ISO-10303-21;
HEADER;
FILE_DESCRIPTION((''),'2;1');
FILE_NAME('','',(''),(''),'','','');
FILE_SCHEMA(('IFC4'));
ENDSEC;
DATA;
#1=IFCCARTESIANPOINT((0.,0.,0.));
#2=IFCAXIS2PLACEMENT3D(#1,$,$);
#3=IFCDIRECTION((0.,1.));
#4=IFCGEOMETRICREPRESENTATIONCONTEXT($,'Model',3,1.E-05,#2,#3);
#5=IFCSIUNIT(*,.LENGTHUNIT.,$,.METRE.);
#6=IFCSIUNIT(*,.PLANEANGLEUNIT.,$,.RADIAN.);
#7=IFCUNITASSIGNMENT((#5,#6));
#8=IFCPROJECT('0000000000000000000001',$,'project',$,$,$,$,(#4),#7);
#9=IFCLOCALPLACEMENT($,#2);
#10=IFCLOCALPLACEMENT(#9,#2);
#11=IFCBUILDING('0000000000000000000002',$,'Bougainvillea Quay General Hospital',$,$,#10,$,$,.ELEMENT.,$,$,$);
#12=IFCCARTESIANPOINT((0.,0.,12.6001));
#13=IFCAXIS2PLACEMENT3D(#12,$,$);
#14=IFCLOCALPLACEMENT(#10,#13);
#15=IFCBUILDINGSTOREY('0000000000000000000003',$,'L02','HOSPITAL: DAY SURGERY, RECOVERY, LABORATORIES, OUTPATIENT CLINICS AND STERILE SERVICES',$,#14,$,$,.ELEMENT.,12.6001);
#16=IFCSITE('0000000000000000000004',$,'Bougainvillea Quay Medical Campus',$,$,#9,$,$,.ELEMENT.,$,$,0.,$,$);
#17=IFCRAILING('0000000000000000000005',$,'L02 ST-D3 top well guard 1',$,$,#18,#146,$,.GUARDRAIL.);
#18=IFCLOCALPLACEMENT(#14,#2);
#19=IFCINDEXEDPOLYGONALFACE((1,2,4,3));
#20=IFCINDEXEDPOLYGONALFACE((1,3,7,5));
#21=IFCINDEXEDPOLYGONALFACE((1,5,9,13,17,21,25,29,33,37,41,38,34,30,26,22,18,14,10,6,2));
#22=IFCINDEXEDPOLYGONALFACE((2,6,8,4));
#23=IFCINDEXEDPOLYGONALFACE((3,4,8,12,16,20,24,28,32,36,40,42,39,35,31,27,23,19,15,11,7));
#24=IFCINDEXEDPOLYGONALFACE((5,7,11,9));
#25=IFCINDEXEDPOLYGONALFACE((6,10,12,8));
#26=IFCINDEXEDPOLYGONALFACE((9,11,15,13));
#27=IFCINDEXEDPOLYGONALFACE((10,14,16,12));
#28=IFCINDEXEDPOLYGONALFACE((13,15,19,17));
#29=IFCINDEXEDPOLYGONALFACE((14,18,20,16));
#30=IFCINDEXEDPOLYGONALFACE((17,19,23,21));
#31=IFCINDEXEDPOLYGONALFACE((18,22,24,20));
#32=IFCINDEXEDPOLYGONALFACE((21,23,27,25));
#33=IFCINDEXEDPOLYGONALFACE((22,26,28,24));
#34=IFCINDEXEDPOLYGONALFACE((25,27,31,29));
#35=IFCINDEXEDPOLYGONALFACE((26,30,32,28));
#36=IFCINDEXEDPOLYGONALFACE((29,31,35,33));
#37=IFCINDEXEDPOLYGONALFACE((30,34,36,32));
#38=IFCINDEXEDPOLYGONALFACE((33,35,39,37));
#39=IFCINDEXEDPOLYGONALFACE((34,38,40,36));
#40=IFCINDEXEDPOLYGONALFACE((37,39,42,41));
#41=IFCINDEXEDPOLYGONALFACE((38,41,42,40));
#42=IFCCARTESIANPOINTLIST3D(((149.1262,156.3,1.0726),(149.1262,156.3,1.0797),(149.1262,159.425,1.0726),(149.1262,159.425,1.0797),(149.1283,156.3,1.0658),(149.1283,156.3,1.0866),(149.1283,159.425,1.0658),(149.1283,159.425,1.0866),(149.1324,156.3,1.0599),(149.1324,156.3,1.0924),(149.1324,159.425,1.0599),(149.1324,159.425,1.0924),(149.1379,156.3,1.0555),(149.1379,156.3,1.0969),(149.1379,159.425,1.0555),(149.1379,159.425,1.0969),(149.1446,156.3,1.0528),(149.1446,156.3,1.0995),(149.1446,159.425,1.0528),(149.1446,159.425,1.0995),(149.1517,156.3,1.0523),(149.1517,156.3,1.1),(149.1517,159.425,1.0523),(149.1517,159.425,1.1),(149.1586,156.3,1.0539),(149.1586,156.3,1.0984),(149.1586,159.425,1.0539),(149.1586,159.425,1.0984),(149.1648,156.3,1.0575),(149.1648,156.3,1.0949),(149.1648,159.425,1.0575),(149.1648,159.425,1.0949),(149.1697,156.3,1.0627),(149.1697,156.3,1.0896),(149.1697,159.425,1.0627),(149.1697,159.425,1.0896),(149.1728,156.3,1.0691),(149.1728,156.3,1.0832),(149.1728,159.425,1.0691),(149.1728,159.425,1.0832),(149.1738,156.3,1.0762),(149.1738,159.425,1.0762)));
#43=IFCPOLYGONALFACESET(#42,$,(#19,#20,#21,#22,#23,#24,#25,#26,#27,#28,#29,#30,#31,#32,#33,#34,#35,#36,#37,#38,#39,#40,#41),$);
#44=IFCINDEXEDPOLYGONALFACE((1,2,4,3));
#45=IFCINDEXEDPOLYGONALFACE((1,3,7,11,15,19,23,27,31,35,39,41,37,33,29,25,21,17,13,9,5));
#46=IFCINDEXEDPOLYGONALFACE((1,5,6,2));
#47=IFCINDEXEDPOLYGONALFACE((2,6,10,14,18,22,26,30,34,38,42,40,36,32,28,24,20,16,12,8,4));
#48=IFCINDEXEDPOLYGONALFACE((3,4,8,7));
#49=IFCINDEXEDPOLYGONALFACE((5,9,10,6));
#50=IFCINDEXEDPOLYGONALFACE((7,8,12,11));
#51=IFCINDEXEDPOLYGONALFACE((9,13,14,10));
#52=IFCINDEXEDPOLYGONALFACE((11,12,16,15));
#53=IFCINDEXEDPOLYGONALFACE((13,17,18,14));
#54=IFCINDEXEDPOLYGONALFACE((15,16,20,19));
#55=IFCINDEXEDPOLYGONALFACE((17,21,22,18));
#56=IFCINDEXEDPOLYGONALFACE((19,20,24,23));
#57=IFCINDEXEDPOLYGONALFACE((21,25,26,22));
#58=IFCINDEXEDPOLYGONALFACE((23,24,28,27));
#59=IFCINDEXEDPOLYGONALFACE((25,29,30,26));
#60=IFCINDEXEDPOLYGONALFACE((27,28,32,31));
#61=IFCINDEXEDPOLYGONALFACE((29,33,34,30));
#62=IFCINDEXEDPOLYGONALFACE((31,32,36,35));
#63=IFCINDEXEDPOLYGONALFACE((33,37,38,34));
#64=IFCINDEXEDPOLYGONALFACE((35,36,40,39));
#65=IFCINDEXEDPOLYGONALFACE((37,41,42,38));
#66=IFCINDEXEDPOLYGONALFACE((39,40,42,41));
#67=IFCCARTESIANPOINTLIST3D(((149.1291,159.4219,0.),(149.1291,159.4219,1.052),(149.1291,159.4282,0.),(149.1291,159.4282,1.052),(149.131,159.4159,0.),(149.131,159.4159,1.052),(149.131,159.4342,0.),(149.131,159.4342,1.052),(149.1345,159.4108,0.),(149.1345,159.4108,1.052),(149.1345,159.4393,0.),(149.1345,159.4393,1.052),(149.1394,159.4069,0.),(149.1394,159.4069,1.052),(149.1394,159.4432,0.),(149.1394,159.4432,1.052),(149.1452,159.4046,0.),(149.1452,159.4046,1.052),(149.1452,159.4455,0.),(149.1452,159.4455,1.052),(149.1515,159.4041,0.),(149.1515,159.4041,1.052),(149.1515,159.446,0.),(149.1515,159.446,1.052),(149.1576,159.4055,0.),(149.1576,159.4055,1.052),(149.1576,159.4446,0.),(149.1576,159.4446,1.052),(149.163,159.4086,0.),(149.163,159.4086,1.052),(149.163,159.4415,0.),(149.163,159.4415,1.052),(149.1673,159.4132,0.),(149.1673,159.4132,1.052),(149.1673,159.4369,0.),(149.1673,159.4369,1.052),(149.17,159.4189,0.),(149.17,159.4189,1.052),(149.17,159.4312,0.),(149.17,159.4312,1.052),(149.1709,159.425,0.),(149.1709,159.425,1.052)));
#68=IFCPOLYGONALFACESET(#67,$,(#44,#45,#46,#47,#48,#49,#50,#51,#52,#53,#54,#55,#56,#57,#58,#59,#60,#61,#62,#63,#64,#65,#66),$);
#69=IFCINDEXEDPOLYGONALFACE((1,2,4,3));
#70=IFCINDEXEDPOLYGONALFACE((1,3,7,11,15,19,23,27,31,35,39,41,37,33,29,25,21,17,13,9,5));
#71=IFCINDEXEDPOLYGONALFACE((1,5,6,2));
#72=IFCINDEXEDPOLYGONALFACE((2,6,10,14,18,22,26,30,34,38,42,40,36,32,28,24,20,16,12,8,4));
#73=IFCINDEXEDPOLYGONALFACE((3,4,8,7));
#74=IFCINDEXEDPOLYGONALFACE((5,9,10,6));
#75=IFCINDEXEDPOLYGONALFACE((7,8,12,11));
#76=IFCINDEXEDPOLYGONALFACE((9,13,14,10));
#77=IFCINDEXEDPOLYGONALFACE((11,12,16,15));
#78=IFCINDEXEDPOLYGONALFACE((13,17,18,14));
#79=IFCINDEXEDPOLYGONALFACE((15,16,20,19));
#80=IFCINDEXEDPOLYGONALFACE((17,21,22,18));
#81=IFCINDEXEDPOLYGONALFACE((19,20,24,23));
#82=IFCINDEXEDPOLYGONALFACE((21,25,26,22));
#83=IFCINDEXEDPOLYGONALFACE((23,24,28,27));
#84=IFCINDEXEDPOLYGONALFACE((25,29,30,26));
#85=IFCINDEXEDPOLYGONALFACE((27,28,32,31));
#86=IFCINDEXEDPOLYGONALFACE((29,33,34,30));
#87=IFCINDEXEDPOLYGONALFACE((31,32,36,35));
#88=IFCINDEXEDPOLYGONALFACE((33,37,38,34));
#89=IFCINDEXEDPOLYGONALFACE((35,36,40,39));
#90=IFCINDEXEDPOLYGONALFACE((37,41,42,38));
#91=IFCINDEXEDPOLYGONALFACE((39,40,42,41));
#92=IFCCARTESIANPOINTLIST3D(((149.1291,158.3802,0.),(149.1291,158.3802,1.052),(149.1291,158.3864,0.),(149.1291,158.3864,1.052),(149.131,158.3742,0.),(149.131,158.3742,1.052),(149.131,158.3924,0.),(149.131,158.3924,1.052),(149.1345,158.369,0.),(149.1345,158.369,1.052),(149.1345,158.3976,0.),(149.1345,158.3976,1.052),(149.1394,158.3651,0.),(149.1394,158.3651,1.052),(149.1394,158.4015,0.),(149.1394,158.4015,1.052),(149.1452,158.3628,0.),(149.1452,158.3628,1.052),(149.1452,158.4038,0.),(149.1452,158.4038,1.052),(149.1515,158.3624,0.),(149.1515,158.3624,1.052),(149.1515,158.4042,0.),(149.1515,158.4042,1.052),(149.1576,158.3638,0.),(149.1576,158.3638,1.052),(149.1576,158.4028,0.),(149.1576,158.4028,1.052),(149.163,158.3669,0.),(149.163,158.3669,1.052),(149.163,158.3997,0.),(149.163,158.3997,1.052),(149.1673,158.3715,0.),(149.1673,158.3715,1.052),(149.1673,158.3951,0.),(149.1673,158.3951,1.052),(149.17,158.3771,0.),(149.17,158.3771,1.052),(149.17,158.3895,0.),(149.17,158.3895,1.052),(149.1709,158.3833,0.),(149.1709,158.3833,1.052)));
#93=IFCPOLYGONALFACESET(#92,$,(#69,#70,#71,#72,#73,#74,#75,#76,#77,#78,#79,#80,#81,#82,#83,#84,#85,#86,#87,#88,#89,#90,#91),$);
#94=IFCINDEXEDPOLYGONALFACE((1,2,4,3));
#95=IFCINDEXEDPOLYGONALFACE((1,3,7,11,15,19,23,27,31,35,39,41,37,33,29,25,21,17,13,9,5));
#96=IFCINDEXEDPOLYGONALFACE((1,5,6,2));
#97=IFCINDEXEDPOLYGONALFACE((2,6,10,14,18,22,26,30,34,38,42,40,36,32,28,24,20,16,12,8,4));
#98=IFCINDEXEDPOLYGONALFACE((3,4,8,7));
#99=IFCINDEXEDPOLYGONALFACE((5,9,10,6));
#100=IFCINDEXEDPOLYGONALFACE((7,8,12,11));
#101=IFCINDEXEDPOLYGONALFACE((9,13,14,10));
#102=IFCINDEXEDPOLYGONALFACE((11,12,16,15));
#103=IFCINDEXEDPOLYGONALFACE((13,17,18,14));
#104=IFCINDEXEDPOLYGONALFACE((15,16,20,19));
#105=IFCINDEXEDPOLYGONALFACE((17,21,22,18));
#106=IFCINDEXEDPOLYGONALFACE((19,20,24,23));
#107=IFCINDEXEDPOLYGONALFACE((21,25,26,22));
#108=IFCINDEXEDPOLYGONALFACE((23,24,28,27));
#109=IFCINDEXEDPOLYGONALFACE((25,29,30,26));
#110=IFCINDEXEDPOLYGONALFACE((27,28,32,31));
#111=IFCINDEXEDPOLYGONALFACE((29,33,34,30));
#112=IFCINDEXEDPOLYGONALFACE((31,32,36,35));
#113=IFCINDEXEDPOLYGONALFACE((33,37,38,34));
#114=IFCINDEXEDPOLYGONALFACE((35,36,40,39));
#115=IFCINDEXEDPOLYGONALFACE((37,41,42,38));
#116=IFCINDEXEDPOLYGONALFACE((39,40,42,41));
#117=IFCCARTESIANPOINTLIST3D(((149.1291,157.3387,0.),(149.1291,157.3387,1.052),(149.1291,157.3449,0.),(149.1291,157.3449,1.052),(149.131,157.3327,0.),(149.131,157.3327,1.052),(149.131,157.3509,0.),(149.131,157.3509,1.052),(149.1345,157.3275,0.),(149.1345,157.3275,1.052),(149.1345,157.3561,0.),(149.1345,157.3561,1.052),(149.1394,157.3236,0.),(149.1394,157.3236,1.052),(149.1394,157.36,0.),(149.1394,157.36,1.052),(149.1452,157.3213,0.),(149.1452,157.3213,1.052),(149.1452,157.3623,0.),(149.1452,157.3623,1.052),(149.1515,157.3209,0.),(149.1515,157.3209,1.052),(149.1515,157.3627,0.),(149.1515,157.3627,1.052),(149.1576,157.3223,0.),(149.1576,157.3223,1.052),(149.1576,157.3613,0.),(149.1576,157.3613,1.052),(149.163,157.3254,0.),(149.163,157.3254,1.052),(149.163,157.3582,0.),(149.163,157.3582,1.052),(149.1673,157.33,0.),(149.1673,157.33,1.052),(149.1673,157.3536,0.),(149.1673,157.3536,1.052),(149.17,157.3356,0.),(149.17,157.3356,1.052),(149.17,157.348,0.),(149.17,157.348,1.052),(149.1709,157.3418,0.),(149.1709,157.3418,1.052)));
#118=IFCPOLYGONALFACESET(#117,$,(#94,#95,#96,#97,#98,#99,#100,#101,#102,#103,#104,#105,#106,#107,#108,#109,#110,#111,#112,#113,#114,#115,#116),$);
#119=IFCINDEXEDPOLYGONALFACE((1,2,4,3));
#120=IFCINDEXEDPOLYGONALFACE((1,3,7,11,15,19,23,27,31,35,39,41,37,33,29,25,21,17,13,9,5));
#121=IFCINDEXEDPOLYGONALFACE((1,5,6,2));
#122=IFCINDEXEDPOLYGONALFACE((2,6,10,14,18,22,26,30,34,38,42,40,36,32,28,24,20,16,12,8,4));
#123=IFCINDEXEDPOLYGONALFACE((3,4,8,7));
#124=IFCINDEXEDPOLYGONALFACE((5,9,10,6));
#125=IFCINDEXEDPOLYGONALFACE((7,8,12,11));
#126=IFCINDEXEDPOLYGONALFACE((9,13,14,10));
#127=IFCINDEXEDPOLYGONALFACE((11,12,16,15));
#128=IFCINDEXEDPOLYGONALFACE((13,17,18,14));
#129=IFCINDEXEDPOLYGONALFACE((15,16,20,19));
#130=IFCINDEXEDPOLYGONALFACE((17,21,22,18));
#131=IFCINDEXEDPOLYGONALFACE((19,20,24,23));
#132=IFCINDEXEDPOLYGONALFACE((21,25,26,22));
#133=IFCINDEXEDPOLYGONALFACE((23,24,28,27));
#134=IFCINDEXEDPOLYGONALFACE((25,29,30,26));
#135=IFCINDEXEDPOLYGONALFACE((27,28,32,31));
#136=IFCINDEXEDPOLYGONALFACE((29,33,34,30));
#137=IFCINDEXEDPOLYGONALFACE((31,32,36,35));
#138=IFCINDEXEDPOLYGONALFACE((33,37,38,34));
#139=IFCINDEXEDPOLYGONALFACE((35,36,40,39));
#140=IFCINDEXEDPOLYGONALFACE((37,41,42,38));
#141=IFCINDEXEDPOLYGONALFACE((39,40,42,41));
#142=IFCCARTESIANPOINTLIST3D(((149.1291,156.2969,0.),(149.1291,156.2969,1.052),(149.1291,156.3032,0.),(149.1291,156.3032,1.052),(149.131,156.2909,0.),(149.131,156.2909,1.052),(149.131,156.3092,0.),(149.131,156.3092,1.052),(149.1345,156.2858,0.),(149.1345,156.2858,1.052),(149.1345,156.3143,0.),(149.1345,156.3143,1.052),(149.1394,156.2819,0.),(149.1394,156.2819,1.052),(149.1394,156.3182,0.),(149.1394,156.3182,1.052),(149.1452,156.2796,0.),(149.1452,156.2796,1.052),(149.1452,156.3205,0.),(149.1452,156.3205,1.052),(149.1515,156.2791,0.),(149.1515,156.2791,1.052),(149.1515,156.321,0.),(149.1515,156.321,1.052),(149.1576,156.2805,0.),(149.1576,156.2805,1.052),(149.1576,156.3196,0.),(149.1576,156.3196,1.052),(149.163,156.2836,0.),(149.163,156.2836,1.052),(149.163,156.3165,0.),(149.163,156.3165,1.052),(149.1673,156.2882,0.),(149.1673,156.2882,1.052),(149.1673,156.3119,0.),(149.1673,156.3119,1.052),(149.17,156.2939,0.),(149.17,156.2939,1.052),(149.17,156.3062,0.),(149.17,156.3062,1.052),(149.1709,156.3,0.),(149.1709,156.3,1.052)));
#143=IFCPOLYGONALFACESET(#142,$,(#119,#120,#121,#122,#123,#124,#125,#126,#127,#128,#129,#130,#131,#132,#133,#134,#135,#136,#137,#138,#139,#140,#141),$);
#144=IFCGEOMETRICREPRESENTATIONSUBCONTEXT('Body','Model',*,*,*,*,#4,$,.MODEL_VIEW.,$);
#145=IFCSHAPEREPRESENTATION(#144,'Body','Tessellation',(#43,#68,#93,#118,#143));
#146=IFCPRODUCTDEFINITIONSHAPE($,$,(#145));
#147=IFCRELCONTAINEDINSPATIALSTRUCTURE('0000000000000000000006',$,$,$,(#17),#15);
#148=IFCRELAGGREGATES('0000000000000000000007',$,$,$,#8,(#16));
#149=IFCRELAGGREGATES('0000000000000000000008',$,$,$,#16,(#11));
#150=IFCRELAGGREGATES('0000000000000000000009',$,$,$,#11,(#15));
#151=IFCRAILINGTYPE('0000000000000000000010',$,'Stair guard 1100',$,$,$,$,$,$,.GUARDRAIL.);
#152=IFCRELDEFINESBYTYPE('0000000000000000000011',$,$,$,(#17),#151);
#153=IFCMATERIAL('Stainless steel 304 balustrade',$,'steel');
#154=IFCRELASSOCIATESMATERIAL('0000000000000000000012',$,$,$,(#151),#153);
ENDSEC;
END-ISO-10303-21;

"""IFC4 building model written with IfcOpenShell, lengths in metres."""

from ifc_helpers import new_model, si_unit, direction, frame, origin, origin_2d, place, context, subcontext, project, spatial, circle, extrude, material, type_object, element, save


model = new_model("IFC4")

# Units and contexts
model_context = context("Model", 3, precision=1e-05, world=origin(), true_north=direction((0.0, 1.0)))
body_context = subcontext(model_context, "Body", "Model", "MODEL_VIEW")
ifc_project = project(units=[si_unit("LENGTHUNIT", "METRE"), si_unit("PLANEANGLEUNIT", "RADIAN")], contexts=[model_context])

# Site, building, storey
site_placement = place(None, origin())
site = spatial("IfcSite", under=ifc_project, at=site_placement, Name="Bougainvillea Quay Medical Campus", CompositionType="ELEMENT", RefElevation=0.0)
building_placement = place(site_placement, origin())
building = spatial("IfcBuilding", under=site, at=building_placement, Name="Bougainvillea Quay General Hospital", CompositionType="ELEMENT")
storey_placement = place(building_placement, frame((0.0, 0.0, 12.6001)))
storey = spatial("IfcBuildingStorey", under=building, at=storey_placement, Name="L02", Description="HOSPITAL: DAY SURGERY, RECOVERY, LABORATORIES, OUTPATIENT CLINICS AND STERILE SERVICES", CompositionType="ELEMENT", Elevation=12.6001)

# Railing
ifc_material_1 = material(Name="Stainless steel 304 balustrade", Category="steel")
railing_type_1 = type_object("IfcRailingType", Name="Stair guard 1100", PredefinedType="GUARDRAIL", material=ifc_material_1)
railing_1_placement = place(storey_placement, frame((149.1499, 159.425, 0.0)))
element("IfcRailing", 1, at=railing_1_placement, inside=storey, type_object=railing_type_1, Name="L02 ST-D3 top well guard 1", PredefinedType="GUARDRAIL", context=body_context, shape_type="SweptSolid", body=[
    extrude(circle(Radius=0.0239, at=origin_2d()), frame((0.0, 0.0, 1.0762), z_axis=(0.0, -1.0, 0.0), x_axis=(1.0, 0.0, 0.0)), (0.0, 0.0, 1.0), 3.125),
    extrude(circle(Radius=0.021, at=origin_2d()), origin(), (0.0, 0.0, 1.0), 1.052),
    extrude(circle(Radius=0.021, at=origin_2d()), frame((0.0, -1.0417, 0.0)), (0.0, 0.0, 1.0), 1.052),
    extrude(circle(Radius=0.021, at=origin_2d()), frame((0.0, -2.0833, 0.0)), (0.0, 0.0, 1.0), 1.052),
    extrude(circle(Radius=0.021, at=origin_2d()), frame((0.0, -3.125, 0.0)), (0.0, 0.0, 1.0), 1.052),
])

save(model, "model.ifc")
